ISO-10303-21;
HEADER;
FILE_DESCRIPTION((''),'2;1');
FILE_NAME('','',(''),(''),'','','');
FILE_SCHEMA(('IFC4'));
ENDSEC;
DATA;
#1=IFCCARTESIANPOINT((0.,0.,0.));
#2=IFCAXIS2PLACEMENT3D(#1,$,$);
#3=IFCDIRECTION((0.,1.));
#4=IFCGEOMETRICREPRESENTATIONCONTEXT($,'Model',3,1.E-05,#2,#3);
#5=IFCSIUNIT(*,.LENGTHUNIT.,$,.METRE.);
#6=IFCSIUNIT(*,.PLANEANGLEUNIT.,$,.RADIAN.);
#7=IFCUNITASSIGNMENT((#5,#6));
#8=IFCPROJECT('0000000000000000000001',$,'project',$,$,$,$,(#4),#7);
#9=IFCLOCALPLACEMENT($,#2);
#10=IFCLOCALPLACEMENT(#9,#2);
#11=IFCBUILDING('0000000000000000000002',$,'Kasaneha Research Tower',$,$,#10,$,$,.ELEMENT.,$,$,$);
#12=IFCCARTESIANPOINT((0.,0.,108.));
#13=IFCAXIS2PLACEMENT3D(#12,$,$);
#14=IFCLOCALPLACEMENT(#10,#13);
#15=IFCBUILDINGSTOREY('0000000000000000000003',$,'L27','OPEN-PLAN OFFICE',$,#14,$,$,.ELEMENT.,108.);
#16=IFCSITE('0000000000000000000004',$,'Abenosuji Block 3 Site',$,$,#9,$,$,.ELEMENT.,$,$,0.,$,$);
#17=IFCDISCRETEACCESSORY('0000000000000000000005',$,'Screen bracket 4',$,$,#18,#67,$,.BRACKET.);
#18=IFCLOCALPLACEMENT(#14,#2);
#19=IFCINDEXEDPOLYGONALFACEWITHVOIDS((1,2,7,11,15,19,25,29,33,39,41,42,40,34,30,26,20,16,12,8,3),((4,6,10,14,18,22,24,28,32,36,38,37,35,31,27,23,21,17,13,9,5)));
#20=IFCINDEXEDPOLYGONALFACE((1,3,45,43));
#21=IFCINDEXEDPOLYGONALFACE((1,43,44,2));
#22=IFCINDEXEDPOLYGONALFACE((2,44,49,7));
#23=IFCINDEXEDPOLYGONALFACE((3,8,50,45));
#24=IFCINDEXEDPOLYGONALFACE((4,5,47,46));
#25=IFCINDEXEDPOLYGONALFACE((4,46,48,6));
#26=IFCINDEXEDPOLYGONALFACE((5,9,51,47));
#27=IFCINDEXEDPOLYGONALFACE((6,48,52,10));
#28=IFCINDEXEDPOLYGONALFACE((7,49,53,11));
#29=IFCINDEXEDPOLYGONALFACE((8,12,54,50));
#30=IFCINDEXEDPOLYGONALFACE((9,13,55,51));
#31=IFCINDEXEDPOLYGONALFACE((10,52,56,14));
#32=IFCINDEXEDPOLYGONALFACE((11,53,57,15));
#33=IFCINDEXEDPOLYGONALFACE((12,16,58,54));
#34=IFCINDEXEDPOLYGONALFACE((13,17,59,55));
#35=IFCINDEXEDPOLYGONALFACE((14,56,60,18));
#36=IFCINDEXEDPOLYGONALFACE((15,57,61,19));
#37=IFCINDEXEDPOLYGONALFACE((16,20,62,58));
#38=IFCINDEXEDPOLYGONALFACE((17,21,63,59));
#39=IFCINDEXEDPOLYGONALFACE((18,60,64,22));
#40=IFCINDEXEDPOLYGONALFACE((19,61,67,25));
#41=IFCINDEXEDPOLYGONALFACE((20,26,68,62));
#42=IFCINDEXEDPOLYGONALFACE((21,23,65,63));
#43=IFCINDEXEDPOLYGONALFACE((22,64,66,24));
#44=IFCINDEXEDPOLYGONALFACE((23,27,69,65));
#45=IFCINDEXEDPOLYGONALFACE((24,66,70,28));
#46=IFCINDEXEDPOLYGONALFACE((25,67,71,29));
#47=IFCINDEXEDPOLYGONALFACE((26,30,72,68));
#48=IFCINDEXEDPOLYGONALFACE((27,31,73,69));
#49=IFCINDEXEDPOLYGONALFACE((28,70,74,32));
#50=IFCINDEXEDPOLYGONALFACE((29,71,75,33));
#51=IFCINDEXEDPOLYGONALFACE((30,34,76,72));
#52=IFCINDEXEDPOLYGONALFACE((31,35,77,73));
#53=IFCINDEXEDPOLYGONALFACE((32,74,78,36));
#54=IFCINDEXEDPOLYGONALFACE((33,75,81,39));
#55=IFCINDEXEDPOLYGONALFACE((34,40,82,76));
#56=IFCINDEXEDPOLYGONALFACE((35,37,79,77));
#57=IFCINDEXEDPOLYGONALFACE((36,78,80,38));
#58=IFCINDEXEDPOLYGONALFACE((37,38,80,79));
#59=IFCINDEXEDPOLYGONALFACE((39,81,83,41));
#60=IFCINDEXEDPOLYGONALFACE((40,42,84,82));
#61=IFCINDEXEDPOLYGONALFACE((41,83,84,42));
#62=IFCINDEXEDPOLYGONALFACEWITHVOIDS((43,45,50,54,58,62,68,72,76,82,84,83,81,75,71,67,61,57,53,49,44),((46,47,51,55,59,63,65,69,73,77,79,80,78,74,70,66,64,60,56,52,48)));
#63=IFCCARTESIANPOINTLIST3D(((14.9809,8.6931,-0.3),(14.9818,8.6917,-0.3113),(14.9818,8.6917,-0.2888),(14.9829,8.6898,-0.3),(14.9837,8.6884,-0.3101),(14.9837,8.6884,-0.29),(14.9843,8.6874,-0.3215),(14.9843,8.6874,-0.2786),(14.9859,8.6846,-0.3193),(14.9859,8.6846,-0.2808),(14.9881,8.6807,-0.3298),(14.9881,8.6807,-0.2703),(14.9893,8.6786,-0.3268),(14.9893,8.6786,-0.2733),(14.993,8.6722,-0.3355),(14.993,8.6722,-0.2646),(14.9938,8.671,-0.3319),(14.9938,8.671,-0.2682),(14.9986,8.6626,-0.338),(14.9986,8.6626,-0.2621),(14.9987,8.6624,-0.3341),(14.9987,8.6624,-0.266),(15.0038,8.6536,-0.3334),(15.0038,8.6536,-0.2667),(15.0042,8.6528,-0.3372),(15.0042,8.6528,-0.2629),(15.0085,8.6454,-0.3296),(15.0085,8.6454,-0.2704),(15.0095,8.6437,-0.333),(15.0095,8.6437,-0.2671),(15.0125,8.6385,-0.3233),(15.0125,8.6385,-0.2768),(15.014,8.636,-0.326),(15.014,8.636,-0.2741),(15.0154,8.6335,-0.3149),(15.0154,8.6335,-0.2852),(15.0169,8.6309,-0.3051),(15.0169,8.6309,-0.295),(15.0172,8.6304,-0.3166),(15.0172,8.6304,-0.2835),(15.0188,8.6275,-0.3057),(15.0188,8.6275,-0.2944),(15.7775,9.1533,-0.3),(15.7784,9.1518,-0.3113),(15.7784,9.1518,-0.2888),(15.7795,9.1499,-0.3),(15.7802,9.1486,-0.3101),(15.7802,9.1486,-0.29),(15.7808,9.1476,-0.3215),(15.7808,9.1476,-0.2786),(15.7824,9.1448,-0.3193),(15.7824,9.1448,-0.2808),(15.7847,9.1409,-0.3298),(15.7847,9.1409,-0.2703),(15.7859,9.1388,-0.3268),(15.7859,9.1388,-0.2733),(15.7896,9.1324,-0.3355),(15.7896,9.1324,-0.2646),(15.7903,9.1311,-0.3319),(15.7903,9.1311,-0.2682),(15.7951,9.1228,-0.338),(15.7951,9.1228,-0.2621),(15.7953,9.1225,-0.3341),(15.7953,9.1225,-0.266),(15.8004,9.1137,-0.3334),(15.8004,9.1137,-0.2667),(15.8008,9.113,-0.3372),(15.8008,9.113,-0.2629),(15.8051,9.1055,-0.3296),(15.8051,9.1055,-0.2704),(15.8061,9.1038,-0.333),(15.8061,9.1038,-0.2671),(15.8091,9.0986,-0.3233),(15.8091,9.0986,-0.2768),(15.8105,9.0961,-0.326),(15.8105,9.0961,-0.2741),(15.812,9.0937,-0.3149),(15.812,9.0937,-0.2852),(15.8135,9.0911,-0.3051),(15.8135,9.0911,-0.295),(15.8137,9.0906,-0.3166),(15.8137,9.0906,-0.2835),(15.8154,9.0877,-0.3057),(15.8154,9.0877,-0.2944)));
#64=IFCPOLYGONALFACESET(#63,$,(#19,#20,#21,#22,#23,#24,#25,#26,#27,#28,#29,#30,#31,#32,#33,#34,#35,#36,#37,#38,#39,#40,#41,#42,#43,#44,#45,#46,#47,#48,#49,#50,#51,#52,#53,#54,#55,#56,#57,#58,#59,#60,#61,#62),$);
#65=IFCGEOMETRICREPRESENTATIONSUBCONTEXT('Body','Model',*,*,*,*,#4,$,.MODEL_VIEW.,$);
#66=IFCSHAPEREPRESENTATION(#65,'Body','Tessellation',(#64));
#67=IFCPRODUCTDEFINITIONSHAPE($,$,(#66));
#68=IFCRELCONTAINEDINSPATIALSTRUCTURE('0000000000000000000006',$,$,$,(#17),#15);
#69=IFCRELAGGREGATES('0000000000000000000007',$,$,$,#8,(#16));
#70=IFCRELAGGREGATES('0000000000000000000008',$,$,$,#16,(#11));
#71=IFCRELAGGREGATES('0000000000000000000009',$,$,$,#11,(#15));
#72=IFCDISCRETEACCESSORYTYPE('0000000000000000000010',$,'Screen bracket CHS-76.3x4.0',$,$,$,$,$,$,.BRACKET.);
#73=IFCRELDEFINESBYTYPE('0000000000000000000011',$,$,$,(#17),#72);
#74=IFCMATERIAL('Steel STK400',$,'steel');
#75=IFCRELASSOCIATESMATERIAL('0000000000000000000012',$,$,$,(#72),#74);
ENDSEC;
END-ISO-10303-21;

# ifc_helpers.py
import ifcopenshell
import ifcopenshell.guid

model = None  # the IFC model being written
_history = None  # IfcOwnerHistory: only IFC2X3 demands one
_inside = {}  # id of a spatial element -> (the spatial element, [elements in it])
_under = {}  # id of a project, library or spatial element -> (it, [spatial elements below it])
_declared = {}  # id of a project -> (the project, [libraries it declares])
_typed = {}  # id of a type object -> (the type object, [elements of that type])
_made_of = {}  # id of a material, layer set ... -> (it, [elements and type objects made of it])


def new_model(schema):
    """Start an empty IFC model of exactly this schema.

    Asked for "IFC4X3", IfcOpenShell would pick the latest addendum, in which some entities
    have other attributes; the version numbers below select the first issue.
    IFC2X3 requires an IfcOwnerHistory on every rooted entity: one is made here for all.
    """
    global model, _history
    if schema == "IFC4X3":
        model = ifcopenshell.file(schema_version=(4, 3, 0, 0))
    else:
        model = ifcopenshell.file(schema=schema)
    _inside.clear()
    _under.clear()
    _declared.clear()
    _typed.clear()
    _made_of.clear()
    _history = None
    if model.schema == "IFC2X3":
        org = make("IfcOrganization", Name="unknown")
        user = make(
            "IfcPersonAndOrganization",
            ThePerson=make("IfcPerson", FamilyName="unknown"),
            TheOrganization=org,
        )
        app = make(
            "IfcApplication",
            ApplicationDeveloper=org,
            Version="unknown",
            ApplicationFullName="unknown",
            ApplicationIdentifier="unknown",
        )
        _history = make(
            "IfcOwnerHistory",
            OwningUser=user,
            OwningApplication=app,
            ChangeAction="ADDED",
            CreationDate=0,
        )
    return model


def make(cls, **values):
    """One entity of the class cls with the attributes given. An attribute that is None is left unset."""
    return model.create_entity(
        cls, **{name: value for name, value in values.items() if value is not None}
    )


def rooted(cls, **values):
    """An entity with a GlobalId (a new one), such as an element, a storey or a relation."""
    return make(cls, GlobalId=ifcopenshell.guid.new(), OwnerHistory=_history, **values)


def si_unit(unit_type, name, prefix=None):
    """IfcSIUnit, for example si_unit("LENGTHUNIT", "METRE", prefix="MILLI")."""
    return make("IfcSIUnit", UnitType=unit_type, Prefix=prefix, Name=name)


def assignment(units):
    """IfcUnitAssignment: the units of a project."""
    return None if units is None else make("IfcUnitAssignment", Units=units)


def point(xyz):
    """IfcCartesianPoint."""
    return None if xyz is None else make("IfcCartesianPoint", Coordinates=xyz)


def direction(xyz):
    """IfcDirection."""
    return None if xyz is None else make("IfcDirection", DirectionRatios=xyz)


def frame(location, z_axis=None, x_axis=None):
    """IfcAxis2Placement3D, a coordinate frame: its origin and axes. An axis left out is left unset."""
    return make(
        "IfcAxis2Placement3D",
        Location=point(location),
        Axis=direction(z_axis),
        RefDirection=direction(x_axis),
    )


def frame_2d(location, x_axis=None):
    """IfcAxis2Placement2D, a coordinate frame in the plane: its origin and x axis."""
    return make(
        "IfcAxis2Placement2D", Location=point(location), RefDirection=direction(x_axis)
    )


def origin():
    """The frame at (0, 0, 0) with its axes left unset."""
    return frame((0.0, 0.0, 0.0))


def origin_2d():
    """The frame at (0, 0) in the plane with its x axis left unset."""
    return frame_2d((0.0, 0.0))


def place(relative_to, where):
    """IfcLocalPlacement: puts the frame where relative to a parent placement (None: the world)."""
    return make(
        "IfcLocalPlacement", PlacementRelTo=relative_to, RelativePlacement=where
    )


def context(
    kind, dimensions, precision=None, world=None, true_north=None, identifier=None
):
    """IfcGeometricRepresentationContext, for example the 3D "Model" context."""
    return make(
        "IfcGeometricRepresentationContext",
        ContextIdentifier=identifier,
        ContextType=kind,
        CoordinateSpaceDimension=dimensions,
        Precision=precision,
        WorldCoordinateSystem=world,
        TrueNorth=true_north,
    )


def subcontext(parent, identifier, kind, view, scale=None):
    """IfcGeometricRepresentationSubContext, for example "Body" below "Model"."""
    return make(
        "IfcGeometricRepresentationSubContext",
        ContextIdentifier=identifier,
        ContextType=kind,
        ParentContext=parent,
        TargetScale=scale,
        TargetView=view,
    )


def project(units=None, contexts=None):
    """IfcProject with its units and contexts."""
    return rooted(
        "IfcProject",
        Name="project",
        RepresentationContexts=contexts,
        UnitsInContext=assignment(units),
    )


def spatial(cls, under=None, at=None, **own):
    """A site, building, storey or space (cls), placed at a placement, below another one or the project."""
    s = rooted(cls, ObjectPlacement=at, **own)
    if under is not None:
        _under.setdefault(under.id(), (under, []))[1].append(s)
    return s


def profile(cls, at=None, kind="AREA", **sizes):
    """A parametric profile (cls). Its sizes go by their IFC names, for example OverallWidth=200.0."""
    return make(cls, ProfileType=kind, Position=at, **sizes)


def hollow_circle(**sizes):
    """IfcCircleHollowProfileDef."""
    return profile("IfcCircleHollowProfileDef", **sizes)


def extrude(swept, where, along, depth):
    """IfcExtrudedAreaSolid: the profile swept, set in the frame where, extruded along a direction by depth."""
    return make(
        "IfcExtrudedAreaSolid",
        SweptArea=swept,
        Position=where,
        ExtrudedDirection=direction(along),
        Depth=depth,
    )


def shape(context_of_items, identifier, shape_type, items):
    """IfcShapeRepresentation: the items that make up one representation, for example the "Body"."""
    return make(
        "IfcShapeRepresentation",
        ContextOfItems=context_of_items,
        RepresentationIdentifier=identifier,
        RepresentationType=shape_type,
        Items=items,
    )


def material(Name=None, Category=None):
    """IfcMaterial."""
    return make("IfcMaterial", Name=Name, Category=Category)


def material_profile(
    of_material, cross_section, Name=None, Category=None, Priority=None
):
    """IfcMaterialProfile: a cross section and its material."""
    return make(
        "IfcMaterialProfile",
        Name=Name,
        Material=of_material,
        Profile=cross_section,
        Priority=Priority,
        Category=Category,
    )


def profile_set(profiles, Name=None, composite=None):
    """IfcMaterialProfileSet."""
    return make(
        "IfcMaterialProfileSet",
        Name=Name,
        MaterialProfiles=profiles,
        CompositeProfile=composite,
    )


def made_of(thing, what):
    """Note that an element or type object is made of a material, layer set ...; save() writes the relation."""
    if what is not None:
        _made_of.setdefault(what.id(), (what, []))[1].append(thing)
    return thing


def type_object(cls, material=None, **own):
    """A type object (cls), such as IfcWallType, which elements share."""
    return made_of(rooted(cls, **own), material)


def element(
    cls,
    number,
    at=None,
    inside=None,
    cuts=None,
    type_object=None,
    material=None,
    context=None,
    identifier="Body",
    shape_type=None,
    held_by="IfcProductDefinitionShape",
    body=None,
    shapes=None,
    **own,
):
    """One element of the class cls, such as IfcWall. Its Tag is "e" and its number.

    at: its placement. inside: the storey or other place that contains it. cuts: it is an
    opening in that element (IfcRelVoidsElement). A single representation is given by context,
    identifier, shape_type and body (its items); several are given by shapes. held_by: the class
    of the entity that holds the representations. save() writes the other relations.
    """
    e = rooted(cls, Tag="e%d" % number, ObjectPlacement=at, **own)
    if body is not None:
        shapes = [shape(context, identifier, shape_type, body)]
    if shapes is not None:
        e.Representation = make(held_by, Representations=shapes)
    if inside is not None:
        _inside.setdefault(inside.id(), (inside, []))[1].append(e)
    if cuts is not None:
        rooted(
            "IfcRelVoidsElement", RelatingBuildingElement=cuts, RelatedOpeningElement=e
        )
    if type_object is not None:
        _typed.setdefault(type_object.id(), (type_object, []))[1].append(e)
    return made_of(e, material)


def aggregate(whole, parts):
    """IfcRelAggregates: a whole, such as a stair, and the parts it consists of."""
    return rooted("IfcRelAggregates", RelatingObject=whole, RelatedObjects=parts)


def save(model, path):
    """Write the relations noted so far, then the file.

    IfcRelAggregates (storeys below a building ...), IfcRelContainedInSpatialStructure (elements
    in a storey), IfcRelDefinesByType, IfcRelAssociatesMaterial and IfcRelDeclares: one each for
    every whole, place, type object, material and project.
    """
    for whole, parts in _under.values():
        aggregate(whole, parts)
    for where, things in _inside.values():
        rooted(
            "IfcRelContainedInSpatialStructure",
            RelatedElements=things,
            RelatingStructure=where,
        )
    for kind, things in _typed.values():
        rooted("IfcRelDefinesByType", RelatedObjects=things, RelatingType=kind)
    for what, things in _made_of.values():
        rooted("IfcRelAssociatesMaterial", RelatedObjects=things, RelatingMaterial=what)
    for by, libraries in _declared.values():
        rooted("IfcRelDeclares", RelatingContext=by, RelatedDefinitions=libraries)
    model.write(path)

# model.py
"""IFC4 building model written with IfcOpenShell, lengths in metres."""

from ifc_helpers import new_model, si_unit, direction, frame, origin, origin_2d, place, context, subcontext, project, spatial, hollow_circle, extrude, material, material_profile, profile_set, type_object, element, save


model = new_model("IFC4")

# Units and contexts
model_context = context("Model", 3, precision=1e-05, world=origin(), true_north=direction((0.0, 1.0)))
body_context = subcontext(model_context, "Body", "Model", "MODEL_VIEW")
ifc_project = project(units=[si_unit("LENGTHUNIT", "METRE"), si_unit("PLANEANGLEUNIT", "RADIAN")], contexts=[model_context])

# Site, building, storey
site_placement = place(None, origin())
site = spatial("IfcSite", under=ifc_project, at=site_placement, Name="Abenosuji Block 3 Site", CompositionType="ELEMENT", RefElevation=0.0)
building_placement = place(site_placement, origin())
building = spatial("IfcBuilding", under=site, at=building_placement, Name="Kasaneha Research Tower", CompositionType="ELEMENT")
storey_placement = place(building_placement, frame((0.0, 0.0, 108.0)))
storey = spatial("IfcBuildingStorey", under=building, at=storey_placement, Name="L27", Description="OPEN-PLAN OFFICE", CompositionType="ELEMENT", Elevation=108.0)

# Discrete accessory
ifc_material_1 = material(Name="Steel STK400", Category="steel")
ifc_material_profile_1 = material_profile(ifc_material_1, hollow_circle(Radius=0.0381, WallThickness=0.0039, at=origin_2d()), Name="CHS-76.3x4.0")
ifc_profile_set_1 = profile_set([ifc_material_profile_1], Name="Steel STK400")
discrete_accessory_type = type_object("IfcDiscreteAccessoryType", Name="Screen bracket CHS-76.3x4.0", PredefinedType="BRACKET", material=ifc_profile_set_1)
discrete_accessory_placement = place(storey_placement, frame((15.0, 8.6602, -0.3), z_axis=(0.865898, 0.50022, 0.0), x_axis=(-0.50022, 0.865898, 0.0)))
element("IfcDiscreteAccessory", 1, at=discrete_accessory_placement, inside=storey, type_object=discrete_accessory_type, Name="Screen bracket 4", PredefinedType="BRACKET", context=body_context, shape_type="SweptSolid", body=[
    extrude(hollow_circle(Radius=0.0381, WallThickness=0.0039, at=origin_2d()), origin(), (0.0, 0.0, 1.0), 0.9199),
])

save(model, "model.ifc")
